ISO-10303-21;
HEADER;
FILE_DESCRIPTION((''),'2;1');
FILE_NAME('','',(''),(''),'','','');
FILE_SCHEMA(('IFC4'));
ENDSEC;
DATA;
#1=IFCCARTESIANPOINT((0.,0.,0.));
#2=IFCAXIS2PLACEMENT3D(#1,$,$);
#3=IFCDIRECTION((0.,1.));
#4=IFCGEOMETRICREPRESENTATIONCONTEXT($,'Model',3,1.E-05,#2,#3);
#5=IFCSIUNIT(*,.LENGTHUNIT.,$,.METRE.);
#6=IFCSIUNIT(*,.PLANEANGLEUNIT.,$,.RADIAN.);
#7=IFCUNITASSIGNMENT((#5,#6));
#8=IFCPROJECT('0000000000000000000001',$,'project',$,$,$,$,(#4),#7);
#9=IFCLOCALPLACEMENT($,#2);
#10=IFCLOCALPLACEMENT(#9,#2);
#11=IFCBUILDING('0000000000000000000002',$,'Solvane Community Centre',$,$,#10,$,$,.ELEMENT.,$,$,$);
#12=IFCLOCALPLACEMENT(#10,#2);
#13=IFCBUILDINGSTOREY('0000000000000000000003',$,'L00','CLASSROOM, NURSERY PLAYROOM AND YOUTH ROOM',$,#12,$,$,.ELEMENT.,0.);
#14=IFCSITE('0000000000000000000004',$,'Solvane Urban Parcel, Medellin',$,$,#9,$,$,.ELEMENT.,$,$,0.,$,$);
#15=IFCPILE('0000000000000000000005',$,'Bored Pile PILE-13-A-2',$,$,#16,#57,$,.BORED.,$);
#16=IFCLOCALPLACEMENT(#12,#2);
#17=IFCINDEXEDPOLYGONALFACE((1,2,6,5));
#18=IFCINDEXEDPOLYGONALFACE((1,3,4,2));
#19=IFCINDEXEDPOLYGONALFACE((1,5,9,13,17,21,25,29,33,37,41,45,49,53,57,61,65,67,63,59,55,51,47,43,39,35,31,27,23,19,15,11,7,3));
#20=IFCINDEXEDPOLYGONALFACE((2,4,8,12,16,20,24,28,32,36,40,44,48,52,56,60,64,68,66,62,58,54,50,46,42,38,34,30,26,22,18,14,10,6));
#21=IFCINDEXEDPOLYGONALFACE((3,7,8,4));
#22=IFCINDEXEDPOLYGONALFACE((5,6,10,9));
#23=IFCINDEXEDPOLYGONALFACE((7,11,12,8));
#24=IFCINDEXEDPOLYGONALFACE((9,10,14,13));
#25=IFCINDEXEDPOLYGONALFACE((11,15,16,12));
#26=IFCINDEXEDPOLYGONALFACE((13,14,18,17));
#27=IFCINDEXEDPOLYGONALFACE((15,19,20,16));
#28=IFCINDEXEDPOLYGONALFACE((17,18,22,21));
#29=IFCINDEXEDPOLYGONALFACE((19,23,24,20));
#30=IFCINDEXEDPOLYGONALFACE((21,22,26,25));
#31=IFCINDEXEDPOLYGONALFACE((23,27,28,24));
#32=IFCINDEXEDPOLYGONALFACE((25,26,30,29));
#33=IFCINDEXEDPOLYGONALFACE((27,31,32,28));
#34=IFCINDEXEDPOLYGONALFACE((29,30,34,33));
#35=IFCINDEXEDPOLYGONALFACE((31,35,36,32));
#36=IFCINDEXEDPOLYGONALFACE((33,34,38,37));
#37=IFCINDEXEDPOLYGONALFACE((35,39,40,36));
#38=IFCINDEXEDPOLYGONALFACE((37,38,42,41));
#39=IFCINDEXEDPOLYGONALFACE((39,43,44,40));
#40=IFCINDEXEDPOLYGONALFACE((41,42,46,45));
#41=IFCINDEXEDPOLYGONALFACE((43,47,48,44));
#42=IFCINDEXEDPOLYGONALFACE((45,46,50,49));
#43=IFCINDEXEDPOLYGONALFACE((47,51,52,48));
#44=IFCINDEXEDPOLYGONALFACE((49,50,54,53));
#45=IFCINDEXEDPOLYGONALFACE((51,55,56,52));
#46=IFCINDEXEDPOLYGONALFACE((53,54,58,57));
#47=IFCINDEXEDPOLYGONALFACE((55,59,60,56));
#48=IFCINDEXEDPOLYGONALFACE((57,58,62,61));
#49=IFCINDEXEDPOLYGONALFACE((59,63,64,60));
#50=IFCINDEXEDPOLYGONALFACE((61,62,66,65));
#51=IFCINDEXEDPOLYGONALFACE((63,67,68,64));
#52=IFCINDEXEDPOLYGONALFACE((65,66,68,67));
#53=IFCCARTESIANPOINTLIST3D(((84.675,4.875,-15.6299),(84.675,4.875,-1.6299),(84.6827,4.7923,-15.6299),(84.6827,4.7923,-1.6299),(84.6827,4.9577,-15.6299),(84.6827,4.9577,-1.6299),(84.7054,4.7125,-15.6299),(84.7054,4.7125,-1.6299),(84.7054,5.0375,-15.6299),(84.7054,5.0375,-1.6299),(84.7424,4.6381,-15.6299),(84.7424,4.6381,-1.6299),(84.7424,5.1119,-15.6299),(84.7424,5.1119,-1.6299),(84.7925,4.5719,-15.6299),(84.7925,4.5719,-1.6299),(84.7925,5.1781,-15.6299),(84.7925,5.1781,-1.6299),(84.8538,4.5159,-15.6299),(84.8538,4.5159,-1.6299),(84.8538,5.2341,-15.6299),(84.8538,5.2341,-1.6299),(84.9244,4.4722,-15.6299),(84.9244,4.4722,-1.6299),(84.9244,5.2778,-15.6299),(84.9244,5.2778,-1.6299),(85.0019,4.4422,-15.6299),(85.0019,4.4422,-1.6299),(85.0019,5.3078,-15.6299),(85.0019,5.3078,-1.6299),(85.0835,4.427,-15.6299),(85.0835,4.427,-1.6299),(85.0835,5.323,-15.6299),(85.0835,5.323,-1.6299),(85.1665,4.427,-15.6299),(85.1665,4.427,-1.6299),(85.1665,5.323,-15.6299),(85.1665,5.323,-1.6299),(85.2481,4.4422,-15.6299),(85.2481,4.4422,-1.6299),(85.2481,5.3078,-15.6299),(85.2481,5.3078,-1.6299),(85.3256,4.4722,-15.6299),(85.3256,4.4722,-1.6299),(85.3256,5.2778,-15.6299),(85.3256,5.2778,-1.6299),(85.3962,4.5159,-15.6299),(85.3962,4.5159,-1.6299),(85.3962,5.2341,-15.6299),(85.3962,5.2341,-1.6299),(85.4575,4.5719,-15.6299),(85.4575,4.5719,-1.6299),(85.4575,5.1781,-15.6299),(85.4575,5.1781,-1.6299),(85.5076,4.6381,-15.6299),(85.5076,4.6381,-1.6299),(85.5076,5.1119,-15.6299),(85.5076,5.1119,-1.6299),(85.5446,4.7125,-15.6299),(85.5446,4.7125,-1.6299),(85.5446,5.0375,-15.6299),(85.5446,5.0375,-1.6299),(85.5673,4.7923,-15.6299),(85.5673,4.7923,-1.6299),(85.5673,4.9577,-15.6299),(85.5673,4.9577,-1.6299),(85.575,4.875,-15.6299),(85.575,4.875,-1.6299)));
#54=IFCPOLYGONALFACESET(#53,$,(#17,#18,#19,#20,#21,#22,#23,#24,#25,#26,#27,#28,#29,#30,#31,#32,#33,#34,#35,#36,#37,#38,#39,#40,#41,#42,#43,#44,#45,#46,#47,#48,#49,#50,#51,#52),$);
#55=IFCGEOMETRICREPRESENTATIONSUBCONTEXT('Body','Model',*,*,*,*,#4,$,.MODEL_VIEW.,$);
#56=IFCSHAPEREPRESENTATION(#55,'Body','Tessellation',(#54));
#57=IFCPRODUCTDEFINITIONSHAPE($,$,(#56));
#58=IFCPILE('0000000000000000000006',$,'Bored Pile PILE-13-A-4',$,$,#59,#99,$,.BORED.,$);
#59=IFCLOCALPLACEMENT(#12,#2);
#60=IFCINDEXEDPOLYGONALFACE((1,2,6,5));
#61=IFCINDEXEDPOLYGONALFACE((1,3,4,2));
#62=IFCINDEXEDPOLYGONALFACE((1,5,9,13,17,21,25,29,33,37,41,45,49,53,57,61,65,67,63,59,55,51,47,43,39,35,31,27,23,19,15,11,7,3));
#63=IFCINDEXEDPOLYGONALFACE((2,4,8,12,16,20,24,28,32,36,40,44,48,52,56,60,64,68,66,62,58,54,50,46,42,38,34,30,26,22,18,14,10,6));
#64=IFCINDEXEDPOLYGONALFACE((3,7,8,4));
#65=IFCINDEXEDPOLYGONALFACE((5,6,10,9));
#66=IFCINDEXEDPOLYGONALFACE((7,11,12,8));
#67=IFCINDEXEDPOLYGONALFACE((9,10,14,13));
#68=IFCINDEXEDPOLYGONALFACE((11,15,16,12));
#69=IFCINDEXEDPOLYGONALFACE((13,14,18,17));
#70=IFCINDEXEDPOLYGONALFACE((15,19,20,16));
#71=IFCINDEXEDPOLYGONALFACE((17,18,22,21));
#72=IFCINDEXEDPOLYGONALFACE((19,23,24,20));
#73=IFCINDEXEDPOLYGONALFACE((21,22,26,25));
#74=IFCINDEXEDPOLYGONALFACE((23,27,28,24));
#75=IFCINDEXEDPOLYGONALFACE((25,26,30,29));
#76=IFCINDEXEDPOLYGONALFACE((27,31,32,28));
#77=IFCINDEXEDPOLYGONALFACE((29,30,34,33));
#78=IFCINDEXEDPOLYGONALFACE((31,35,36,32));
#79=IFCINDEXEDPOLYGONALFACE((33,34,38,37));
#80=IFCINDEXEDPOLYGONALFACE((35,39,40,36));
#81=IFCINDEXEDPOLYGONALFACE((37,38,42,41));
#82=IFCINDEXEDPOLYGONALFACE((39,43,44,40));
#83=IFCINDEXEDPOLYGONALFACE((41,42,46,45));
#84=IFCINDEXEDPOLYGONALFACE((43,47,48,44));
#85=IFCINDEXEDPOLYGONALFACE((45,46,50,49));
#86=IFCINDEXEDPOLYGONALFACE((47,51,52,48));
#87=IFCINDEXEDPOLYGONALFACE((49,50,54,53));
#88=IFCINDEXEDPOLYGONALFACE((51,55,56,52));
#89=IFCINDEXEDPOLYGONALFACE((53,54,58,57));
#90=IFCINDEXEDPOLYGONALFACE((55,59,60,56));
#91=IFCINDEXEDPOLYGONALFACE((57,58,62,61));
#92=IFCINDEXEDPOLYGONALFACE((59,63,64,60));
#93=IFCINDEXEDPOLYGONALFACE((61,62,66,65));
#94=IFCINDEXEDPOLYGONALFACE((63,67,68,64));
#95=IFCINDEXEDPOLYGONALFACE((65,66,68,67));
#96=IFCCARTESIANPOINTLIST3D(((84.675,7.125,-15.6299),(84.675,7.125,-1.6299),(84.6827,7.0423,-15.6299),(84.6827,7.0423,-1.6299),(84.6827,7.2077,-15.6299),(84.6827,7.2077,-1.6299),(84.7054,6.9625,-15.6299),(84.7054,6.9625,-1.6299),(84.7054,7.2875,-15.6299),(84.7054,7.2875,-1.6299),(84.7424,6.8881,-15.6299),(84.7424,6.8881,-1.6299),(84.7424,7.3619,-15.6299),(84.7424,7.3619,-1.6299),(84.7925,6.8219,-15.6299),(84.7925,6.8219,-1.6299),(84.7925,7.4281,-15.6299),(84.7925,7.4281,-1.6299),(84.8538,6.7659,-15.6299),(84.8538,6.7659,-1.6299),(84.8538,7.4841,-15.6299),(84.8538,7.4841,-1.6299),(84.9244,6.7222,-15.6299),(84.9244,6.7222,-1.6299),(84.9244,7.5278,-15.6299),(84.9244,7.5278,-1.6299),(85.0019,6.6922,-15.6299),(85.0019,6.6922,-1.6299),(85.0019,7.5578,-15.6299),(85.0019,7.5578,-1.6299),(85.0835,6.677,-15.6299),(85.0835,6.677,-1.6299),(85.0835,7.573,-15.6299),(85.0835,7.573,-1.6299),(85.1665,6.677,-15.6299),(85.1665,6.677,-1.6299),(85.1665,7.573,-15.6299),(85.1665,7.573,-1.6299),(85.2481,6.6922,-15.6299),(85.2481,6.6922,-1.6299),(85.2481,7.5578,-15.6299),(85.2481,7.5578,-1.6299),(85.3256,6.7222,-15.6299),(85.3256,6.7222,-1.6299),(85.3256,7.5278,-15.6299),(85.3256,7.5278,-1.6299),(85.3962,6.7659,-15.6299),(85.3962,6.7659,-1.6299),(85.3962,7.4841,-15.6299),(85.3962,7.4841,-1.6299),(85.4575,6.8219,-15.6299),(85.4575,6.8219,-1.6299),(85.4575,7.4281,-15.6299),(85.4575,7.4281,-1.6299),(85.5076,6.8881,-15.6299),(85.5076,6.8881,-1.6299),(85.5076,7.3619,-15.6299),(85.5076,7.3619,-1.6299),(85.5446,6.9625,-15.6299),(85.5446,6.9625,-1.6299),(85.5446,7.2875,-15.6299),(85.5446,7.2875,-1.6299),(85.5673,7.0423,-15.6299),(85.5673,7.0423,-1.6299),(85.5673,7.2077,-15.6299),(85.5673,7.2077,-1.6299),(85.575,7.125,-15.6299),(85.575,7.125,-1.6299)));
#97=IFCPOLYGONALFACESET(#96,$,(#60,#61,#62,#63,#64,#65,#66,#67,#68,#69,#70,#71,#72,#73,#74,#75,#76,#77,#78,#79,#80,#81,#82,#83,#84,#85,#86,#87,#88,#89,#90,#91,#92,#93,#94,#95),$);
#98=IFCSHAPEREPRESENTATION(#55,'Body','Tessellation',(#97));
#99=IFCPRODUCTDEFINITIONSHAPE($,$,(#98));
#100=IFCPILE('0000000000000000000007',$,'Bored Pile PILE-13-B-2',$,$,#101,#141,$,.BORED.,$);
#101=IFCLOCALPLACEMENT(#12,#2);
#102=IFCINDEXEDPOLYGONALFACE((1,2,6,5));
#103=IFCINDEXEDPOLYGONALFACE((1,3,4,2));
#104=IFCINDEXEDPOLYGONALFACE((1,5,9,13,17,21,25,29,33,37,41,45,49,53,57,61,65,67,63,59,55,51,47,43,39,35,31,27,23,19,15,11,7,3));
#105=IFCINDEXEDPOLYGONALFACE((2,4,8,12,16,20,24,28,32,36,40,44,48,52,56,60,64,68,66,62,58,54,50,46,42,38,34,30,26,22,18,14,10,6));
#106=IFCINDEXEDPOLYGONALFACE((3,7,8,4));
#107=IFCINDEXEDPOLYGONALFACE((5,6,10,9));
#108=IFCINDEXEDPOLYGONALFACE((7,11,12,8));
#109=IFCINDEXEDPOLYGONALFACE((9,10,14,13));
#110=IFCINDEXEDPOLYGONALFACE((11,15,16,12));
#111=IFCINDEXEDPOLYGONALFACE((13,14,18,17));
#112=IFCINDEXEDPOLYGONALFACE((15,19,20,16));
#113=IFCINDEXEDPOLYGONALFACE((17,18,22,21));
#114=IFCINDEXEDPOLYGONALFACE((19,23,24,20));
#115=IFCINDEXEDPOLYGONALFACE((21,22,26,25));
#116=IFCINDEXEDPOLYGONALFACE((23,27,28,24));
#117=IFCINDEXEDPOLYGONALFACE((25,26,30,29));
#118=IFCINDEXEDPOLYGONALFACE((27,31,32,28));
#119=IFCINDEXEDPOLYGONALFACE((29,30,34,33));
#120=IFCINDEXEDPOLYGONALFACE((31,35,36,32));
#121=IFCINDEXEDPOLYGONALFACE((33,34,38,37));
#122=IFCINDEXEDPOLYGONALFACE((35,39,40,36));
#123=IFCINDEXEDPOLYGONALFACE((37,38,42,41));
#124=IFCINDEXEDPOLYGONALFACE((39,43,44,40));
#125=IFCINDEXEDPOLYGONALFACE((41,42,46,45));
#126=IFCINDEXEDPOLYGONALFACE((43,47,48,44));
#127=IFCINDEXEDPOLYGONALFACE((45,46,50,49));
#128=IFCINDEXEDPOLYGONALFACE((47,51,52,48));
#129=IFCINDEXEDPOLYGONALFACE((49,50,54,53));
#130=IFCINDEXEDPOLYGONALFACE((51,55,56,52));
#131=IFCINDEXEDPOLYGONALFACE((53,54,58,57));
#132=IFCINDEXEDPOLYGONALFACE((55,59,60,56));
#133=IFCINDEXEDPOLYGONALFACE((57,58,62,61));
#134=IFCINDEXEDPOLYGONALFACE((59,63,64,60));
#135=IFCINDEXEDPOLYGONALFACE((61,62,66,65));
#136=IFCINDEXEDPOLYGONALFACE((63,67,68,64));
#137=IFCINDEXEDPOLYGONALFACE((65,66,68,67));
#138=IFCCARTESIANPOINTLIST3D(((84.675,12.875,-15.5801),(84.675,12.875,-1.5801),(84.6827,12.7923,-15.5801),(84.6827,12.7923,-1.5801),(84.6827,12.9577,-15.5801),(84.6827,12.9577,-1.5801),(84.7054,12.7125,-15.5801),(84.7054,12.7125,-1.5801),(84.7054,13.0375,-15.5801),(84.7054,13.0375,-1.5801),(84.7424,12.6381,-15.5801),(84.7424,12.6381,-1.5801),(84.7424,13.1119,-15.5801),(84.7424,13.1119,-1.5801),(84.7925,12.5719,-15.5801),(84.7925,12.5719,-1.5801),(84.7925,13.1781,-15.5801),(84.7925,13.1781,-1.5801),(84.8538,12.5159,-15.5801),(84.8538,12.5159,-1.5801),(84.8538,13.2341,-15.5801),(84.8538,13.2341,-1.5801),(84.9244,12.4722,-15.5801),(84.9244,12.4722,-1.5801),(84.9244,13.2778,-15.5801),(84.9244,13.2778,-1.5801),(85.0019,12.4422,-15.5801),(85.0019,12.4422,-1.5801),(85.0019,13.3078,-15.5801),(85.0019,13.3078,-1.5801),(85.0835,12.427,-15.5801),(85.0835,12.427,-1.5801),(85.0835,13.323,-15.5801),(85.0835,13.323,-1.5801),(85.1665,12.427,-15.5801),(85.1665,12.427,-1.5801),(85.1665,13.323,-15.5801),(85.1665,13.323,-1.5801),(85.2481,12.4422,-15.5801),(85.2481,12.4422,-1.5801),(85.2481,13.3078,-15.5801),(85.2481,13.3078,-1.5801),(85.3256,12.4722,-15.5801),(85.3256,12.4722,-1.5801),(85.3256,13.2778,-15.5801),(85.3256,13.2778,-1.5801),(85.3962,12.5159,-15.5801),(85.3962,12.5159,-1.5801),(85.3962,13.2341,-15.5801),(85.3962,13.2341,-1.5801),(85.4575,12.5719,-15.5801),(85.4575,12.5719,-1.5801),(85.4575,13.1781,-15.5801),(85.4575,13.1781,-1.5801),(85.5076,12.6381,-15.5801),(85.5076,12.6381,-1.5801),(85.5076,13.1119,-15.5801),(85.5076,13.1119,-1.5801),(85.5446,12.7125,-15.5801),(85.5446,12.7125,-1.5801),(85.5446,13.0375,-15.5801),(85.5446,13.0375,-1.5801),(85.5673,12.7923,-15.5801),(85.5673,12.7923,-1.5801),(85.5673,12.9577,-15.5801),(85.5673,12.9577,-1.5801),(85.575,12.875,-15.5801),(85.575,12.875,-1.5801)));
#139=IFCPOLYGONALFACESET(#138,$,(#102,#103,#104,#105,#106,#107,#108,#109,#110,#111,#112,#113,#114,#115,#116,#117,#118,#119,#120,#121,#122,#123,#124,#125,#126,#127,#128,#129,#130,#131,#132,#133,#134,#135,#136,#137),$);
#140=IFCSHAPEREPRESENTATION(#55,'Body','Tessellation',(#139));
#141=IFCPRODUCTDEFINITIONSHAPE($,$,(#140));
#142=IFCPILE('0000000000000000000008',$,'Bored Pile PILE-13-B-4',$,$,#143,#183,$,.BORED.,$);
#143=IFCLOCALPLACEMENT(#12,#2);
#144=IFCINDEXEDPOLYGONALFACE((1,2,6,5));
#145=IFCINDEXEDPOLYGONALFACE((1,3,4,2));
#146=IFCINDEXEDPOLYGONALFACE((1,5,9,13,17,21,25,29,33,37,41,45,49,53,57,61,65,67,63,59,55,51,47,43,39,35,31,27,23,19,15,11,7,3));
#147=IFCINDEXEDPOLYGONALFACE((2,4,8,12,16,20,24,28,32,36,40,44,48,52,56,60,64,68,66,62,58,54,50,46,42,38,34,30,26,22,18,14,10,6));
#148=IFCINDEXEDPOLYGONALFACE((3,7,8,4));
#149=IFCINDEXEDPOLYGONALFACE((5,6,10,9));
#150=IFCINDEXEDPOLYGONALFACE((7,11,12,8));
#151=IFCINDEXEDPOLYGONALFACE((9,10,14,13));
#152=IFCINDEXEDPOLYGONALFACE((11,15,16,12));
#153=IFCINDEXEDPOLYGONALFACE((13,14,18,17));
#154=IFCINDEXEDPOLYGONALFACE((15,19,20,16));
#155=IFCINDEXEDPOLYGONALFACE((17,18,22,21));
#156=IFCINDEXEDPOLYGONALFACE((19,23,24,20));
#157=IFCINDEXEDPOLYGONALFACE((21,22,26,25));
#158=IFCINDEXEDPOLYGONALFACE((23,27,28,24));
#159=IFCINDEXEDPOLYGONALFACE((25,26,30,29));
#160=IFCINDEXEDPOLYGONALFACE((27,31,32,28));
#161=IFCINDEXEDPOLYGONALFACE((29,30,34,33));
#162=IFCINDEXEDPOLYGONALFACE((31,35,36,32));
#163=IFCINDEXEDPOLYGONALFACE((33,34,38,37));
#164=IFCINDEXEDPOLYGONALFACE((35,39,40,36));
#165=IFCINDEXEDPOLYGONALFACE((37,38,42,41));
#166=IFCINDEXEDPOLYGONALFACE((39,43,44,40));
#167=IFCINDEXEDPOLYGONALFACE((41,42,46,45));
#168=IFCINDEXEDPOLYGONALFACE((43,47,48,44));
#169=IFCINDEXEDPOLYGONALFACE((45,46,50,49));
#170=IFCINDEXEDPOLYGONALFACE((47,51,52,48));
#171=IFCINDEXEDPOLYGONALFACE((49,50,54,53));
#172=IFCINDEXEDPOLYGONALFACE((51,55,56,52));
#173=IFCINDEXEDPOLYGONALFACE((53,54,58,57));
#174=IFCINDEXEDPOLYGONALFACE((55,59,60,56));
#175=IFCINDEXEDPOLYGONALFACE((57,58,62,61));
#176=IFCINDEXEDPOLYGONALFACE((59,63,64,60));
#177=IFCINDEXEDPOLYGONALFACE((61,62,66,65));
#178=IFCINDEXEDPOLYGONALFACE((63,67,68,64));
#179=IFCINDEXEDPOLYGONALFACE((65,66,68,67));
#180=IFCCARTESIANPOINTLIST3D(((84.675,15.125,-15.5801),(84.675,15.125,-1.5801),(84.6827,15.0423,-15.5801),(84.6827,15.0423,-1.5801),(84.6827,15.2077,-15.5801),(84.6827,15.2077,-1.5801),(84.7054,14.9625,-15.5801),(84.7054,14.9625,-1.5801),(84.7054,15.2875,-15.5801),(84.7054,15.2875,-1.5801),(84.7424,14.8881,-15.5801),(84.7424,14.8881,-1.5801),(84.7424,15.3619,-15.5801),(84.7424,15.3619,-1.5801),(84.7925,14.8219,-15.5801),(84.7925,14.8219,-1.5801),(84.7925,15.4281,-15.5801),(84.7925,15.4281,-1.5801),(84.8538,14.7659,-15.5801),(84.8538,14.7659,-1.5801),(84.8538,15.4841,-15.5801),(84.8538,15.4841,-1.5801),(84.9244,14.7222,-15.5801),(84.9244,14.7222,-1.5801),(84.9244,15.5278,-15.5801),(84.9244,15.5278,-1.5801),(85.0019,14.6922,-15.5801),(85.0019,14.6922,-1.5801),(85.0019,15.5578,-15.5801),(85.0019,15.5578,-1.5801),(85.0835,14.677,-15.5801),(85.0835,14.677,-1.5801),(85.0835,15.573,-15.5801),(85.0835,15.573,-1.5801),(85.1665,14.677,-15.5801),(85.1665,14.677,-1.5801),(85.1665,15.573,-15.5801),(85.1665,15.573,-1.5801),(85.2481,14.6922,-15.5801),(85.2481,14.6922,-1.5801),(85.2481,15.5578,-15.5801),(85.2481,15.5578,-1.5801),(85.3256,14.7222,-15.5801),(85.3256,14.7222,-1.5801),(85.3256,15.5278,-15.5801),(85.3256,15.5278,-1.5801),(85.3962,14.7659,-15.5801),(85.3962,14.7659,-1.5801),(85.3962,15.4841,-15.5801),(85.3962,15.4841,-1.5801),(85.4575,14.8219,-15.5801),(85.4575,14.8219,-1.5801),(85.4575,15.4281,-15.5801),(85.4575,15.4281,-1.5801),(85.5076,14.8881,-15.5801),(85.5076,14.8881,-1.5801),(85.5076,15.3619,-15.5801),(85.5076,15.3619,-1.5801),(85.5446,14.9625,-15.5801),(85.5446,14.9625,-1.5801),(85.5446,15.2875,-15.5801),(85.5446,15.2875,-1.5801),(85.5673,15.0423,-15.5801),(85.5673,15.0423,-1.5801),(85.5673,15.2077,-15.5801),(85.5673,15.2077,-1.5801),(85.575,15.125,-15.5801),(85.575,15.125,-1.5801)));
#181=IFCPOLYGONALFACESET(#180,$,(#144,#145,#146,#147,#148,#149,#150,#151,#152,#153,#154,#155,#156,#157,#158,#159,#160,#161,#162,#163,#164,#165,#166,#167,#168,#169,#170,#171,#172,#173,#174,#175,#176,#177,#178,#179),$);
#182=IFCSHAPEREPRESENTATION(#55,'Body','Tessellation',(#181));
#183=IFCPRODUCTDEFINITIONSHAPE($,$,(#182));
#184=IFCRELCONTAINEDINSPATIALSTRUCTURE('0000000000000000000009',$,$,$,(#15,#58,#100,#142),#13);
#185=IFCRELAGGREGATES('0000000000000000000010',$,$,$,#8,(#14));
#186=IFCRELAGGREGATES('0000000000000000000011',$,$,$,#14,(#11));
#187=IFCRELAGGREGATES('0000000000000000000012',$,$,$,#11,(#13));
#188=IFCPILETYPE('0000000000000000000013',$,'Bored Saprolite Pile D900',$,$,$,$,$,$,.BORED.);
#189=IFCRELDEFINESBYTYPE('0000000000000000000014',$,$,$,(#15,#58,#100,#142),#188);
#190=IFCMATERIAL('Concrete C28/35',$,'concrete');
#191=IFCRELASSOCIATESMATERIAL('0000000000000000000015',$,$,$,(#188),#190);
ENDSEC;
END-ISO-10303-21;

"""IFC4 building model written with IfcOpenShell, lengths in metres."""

from ifc_helpers import new_model, si_unit, direction, frame, origin, origin_2d, place, context, subcontext, project, spatial, circle, extrude, material, material_profile, profile_set, type_object, element, save


model = new_model("IFC4")

# Units and contexts
model_context = context("Model", 3, precision=1e-05, world=origin(), true_north=direction((0.0, 1.0)))
body_context = subcontext(model_context, "Body", "Model", "MODEL_VIEW")
ifc_project = project(units=[si_unit("LENGTHUNIT", "METRE"), si_unit("PLANEANGLEUNIT", "RADIAN")], contexts=[model_context])

# Site, building, storey
site_placement = place(None, origin())
site = spatial("IfcSite", under=ifc_project, at=site_placement, Name="Solvane Urban Parcel, Medellin", CompositionType="ELEMENT", RefElevation=0.0)
building_placement = place(site_placement, origin())
building = spatial("IfcBuilding", under=site, at=building_placement, Name="Solvane Community Centre", CompositionType="ELEMENT")
storey_placement = place(building_placement, origin())
storey = spatial("IfcBuildingStorey", under=building, at=storey_placement, Name="L00", Description="CLASSROOM, NURSERY PLAYROOM AND YOUTH ROOM", CompositionType="ELEMENT", Elevation=0.0)

# Piles
ifc_material_1 = material(Name="Concrete C28/35", Category="concrete")
ifc_material_profile_1 = material_profile(ifc_material_1, circle(Radius=0.45, at=origin_2d()), Name="PILE D900")
ifc_profile_set_1 = profile_set([ifc_material_profile_1], Name="Concrete C28/35")
pile_type = type_object("IfcPileType", Name="Bored Saprolite Pile D900", PredefinedType="BORED", material=ifc_profile_set_1)
for number, where, z_axis, x_axis, name in (
    (1, (85.125, 4.875, -1.6299), (0.0, 0.0, -1.0), (1.0, 0.0, 0.0), "Bored Pile PILE-13-A-2"),
    (2, (85.125, 7.125, -1.6299), (0.0, 0.0, -1.0), (1.0, 0.0, 0.0), "Bored Pile PILE-13-A-4"),
    (3, (85.125, 12.875, -1.5801), (0.0, 0.0, -1.0), (1.0, 0.0, 0.0), "Bored Pile PILE-13-B-2"),
    (4, (85.125, 15.125, -1.5801), (0.0, 0.0, -1.0), (1.0, 0.0, 0.0), "Bored Pile PILE-13-B-4"),
):
    element("IfcPile", number, at=place(storey_placement, frame(where, z_axis=z_axis, x_axis=x_axis)), inside=storey, type_object=pile_type, Name=name, PredefinedType="BORED", context=body_context, shape_type="SweptSolid", body=[
        extrude(circle(Radius=0.45, at=origin_2d()), origin(), (0.0, 0.0, 1.0), 14.0),
    ])

save(model, "model.ifc")
